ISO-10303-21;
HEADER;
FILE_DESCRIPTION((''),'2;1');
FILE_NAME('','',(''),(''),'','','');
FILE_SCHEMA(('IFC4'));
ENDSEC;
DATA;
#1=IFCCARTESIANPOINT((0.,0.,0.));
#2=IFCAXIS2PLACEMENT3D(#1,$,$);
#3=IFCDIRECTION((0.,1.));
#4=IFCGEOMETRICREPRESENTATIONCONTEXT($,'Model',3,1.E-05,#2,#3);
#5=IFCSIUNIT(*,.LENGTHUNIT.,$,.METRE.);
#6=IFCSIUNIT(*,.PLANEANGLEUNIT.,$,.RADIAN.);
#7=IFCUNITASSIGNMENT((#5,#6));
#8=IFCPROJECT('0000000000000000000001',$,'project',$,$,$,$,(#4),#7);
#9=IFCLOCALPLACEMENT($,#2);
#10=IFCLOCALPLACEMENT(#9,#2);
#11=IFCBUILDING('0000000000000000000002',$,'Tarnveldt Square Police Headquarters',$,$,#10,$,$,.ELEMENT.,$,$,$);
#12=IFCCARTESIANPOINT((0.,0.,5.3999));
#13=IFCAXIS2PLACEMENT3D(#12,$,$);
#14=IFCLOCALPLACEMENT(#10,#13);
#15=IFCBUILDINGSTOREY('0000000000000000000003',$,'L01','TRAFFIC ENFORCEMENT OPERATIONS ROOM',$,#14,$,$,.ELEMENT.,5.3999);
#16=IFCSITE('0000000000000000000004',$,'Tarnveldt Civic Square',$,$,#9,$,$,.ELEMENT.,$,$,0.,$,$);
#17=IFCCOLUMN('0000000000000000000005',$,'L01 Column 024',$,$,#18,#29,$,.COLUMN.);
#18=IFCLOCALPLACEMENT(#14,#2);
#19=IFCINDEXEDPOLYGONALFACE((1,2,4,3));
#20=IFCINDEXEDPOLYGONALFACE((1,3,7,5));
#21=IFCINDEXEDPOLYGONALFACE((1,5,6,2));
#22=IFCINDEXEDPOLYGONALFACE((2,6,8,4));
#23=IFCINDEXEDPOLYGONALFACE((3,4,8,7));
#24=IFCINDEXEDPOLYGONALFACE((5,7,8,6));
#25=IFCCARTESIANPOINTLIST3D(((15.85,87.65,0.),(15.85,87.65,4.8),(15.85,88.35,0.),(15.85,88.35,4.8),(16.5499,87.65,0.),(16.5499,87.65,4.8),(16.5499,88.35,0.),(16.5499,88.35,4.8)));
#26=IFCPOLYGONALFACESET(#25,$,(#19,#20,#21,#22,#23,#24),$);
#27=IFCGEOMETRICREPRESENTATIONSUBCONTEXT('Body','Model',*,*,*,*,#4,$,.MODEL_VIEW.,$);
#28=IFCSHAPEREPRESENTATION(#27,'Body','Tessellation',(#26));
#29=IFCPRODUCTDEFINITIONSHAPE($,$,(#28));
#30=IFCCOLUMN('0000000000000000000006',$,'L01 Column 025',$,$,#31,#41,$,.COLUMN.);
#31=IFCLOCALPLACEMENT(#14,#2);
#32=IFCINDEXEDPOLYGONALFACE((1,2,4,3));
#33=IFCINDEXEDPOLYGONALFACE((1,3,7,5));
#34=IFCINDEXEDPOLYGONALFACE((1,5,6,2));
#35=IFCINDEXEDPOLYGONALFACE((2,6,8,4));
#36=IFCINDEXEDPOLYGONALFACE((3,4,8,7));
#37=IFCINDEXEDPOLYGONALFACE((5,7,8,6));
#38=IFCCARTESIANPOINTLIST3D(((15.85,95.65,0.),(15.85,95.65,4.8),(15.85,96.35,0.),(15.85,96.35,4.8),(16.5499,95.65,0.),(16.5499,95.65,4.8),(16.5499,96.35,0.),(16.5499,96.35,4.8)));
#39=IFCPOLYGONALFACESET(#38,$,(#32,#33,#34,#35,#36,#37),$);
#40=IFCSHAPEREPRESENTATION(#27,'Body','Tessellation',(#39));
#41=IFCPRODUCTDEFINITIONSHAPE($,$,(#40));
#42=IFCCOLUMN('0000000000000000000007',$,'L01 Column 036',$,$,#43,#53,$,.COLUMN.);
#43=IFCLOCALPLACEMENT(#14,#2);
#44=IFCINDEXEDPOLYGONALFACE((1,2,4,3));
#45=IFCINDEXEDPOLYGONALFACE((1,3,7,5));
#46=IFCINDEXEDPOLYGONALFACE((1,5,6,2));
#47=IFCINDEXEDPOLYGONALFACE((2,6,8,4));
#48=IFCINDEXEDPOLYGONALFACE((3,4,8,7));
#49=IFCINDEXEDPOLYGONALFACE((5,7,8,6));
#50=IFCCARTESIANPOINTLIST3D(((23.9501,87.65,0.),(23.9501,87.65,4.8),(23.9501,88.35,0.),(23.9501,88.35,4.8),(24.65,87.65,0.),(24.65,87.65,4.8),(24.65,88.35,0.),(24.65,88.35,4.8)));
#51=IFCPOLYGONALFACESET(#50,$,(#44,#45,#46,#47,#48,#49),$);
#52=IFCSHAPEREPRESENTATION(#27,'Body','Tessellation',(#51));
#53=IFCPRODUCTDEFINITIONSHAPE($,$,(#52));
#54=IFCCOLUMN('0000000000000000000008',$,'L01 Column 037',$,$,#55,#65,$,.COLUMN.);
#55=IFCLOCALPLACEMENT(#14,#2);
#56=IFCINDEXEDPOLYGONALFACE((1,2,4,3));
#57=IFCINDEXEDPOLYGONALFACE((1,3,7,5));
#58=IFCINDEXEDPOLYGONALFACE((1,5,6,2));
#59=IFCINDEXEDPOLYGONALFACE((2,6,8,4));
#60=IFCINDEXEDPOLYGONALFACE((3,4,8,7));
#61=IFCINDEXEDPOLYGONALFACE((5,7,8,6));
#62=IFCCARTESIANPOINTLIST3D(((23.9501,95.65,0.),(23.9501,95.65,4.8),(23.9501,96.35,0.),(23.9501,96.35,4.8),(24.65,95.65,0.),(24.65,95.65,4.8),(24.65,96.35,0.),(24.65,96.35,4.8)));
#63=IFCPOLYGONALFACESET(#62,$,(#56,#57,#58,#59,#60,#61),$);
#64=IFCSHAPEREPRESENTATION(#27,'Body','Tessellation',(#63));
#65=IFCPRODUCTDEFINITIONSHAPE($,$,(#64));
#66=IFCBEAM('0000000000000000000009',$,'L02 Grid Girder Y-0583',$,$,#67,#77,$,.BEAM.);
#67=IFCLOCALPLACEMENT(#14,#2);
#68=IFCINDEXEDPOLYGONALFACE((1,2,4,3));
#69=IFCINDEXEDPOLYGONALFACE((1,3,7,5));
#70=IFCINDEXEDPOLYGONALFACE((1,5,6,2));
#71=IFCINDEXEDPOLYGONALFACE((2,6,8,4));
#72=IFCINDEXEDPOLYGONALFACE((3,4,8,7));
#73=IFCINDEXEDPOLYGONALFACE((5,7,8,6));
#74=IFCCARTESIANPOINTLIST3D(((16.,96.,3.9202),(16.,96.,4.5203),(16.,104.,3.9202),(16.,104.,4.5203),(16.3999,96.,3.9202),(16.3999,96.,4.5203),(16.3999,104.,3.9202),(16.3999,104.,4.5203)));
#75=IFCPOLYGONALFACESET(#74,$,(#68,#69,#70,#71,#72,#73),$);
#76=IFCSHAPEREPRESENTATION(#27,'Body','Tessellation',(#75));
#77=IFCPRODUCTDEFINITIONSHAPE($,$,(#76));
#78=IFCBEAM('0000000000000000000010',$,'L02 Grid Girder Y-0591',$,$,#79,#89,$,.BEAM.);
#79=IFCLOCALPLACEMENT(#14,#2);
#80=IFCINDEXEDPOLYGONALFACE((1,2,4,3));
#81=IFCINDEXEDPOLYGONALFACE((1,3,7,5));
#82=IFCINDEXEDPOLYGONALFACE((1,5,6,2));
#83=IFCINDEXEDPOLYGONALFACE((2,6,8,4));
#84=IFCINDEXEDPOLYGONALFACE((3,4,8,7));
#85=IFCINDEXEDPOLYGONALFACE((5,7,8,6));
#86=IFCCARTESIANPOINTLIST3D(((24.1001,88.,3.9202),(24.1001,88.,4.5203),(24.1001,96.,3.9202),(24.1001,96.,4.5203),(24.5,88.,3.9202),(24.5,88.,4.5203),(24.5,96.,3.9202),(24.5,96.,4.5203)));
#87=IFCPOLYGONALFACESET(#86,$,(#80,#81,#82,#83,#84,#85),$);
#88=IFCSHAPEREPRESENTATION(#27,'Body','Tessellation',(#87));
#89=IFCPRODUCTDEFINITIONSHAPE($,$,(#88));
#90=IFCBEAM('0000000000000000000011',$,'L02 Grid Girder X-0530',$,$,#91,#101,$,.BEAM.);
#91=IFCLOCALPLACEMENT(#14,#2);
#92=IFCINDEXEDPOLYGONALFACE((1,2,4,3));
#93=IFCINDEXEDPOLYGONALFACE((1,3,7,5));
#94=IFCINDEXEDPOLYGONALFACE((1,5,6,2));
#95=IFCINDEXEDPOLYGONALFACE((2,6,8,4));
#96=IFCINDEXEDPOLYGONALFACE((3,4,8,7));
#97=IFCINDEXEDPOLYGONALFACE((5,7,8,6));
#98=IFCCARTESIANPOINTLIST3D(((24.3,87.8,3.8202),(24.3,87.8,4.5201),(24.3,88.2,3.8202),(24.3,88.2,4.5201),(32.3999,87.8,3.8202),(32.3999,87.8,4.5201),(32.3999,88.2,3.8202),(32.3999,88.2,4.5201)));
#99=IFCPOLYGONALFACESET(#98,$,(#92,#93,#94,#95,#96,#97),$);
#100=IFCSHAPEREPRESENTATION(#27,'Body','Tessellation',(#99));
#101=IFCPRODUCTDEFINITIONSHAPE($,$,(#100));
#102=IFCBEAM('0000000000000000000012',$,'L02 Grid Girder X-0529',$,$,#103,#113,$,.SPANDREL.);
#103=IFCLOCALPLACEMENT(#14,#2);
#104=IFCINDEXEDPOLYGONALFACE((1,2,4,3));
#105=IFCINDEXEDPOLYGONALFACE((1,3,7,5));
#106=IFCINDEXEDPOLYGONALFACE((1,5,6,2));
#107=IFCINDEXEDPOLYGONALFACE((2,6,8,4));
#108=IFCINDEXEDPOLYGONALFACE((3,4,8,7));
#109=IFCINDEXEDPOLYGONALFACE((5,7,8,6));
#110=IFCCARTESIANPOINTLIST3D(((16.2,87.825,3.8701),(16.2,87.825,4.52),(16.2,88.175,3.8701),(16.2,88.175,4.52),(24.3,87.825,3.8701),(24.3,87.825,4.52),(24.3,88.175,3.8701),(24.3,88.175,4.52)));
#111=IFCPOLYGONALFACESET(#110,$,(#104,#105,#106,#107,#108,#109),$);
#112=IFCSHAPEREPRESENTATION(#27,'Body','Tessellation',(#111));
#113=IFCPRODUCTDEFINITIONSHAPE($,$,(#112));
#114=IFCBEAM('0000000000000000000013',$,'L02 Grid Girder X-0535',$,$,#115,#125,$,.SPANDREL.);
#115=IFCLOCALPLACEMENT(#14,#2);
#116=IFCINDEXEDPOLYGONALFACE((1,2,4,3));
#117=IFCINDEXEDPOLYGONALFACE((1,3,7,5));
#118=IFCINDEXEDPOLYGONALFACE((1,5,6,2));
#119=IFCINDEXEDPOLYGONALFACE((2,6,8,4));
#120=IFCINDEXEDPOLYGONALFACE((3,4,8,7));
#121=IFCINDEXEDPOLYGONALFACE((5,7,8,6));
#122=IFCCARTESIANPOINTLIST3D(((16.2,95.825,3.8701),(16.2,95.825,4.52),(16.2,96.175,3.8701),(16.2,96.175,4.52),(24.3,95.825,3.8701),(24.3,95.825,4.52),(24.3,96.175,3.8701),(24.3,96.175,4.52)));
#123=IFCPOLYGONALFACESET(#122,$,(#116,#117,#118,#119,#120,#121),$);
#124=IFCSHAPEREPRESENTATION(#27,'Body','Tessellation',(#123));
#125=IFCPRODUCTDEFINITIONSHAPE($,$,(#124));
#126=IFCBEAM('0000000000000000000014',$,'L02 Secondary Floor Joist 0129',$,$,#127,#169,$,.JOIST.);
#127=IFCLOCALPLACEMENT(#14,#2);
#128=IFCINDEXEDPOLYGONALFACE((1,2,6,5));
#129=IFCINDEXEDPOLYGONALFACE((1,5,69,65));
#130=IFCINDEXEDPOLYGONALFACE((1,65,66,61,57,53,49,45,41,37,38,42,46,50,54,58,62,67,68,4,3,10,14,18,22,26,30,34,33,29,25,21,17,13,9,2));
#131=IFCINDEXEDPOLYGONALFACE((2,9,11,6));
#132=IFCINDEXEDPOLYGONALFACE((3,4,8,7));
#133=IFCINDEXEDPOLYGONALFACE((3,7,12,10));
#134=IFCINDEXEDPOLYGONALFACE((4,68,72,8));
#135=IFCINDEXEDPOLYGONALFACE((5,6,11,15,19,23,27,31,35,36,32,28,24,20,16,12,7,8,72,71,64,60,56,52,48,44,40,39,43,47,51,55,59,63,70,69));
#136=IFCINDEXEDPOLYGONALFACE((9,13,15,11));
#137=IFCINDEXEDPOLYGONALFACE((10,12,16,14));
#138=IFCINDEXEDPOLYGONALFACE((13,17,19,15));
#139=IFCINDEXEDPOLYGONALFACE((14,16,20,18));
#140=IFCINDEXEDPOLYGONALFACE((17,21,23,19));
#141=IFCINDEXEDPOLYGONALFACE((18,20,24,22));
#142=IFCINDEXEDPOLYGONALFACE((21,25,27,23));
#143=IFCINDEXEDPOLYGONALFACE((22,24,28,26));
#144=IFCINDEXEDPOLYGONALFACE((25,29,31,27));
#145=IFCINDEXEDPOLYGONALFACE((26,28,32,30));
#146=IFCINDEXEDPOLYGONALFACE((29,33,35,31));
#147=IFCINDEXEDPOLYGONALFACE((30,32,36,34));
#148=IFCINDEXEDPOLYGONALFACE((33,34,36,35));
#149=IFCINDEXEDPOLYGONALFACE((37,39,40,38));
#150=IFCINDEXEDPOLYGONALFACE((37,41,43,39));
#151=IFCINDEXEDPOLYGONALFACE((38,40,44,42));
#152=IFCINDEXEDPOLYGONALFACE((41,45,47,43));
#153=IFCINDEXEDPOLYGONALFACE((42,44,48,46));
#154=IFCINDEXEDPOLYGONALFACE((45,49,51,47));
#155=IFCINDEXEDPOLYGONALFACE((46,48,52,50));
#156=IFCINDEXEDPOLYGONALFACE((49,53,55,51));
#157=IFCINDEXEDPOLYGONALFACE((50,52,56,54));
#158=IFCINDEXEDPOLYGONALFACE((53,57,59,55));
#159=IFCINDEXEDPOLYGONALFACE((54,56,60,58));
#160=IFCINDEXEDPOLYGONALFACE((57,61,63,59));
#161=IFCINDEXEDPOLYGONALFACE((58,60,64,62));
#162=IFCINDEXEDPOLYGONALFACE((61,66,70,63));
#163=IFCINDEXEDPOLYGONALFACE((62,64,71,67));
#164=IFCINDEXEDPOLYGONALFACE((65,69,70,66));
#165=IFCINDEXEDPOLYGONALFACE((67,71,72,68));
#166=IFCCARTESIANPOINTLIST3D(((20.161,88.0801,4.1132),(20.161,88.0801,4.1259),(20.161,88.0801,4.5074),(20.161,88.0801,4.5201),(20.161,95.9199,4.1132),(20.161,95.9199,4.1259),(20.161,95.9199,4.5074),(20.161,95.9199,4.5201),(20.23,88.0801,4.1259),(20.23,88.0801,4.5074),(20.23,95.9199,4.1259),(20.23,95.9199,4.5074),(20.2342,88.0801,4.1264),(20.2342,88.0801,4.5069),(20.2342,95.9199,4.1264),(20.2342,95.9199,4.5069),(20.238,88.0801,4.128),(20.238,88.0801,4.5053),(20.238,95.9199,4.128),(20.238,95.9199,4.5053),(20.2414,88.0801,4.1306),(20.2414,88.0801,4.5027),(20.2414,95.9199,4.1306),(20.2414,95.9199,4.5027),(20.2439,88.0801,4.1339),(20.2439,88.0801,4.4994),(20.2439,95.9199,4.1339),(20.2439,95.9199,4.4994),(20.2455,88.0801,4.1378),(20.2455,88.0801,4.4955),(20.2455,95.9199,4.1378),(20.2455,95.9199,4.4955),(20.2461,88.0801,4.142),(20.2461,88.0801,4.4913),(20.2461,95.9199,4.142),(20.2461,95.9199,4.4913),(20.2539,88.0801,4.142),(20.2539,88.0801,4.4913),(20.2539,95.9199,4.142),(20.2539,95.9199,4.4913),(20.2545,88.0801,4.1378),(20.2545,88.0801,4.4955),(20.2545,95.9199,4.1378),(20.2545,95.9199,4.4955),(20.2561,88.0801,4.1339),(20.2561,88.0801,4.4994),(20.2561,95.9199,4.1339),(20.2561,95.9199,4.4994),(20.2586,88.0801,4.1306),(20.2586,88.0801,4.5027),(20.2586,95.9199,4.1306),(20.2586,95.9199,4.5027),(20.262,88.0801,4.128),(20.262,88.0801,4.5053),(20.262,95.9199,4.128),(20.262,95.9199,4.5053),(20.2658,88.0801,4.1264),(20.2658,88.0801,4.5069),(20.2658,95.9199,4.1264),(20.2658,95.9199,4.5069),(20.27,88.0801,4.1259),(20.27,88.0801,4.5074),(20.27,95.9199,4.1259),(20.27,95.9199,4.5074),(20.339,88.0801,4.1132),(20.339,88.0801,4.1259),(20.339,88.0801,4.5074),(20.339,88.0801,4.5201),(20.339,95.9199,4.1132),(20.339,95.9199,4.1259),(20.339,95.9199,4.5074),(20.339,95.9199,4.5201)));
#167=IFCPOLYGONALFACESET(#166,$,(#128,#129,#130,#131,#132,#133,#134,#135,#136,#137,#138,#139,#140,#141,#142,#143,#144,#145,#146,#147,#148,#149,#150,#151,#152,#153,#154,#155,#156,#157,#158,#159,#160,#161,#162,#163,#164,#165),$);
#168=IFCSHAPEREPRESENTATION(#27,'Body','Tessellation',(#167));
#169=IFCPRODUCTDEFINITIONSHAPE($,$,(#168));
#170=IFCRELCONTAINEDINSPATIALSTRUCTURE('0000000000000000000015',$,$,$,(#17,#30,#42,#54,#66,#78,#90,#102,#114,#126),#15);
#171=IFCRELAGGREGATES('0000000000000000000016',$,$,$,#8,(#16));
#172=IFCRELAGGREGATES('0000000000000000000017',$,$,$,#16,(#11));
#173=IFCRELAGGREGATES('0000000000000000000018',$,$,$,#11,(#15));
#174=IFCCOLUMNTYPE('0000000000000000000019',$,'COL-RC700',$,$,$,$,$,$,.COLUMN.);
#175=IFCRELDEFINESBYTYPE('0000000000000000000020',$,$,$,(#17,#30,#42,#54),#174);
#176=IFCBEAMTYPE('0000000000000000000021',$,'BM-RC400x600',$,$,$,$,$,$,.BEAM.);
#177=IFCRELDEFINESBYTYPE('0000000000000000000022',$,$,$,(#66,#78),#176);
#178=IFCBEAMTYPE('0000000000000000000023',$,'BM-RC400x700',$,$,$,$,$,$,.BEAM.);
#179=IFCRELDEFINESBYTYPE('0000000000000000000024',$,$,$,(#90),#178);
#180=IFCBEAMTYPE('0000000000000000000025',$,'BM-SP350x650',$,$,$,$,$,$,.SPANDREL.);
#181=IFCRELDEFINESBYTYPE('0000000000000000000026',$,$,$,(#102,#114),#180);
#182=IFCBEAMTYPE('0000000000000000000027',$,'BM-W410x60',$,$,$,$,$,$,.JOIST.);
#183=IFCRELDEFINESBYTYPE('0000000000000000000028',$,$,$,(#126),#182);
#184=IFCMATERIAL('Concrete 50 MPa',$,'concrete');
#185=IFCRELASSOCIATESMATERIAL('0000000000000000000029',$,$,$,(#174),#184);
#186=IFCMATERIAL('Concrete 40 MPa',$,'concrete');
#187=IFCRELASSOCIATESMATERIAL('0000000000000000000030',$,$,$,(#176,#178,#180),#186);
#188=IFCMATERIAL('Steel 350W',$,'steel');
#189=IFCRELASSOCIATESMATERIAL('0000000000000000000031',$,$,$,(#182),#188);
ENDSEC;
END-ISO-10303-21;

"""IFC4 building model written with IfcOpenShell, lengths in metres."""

from ifc_helpers import new_model, si_unit, direction, frame, origin, origin_2d, place, context, subcontext, project, spatial, rectangle, i_section, extrude, material, material_profile, profile_set, type_object, element, save


model = new_model("IFC4")

# Units and contexts
model_context = context("Model", 3, precision=1e-05, world=origin(), true_north=direction((0.0, 1.0)))
body_context = subcontext(model_context, "Body", "Model", "MODEL_VIEW")
ifc_project = project(units=[si_unit("LENGTHUNIT", "METRE"), si_unit("PLANEANGLEUNIT", "RADIAN")], contexts=[model_context])

# Site, building, storey
site_placement = place(None, origin())
site = spatial("IfcSite", under=ifc_project, at=site_placement, Name="Tarnveldt Civic Square", CompositionType="ELEMENT", RefElevation=0.0)
building_placement = place(site_placement, origin())
building = spatial("IfcBuilding", under=site, at=building_placement, Name="Tarnveldt Square Police Headquarters", CompositionType="ELEMENT")
storey_placement = place(building_placement, frame((0.0, 0.0, 5.3999)))
storey = spatial("IfcBuildingStorey", under=building, at=storey_placement, Name="L01", Description="TRAFFIC ENFORCEMENT OPERATIONS ROOM", CompositionType="ELEMENT", Elevation=5.3999)

# Columns
ifc_material_1 = material(Name="Concrete 50 MPa", Category="concrete")
ifc_material_profile_1 = material_profile(ifc_material_1, rectangle(XDim=0.7, YDim=0.7, at=origin_2d()), Name="RC-C700x700")
ifc_profile_set_1 = profile_set([ifc_material_profile_1], Name="Concrete 50 MPa")
column_type = type_object("IfcColumnType", Name="COL-RC700", PredefinedType="COLUMN", material=ifc_profile_set_1)
for number, where, z_axis, x_axis, name in (
    (1, (16.2, 88.0, 0.0), (0.0, 0.0, 1.0), (1.0, 0.0, 0.0), "L01 Column 024"),
    (2, (16.2, 96.0, 0.0), (0.0, 0.0, 1.0), (1.0, 0.0, 0.0), "L01 Column 025"),
    (3, (24.3, 88.0, 0.0), (0.0, 0.0, 1.0), (1.0, 0.0, 0.0), "L01 Column 036"),
    (4, (24.3, 96.0, 0.0), (0.0, 0.0, 1.0), (1.0, 0.0, 0.0), "L01 Column 037"),
):
    element("IfcColumn", number, at=place(storey_placement, frame(where, z_axis=z_axis, x_axis=x_axis)), inside=storey, type_object=column_type, Name=name, PredefinedType="COLUMN", context=body_context, shape_type="SweptSolid", body=[
        extrude(rectangle(XDim=0.7, YDim=0.7, at=origin_2d()), origin(), (0.0, 0.0, 1.0), 4.8),
    ])

# Beams
ifc_material_2 = material(Name="Concrete 40 MPa", Category="concrete")
ifc_material_profile_2 = material_profile(ifc_material_2, rectangle(XDim=0.3999, YDim=0.6001, at=origin_2d()), Name="RC-B400x600")
ifc_profile_set_2 = profile_set([ifc_material_profile_2], Name="Concrete 40 MPa")
beam_type_1 = type_object("IfcBeamType", Name="BM-RC400x600", PredefinedType="BEAM", material=ifc_profile_set_2)
for number, where, z_axis, x_axis, name in (
    (5, (16.2, 96.0, 4.2202), (0.0, 1.0, 0.0), (-1.0, 0.0, 0.0), "L02 Grid Girder Y-0583"),
    (6, (24.3, 88.0, 4.2202), (0.0, 1.0, 0.0), (-1.0, 0.0, 0.0), "L02 Grid Girder Y-0591"),
):
    element("IfcBeam", number, at=place(storey_placement, frame(where, z_axis=z_axis, x_axis=x_axis)), inside=storey, type_object=beam_type_1, Name=name, PredefinedType="BEAM", context=body_context, shape_type="SweptSolid", body=[
        extrude(rectangle(XDim=0.3999, YDim=0.6001, at=origin_2d()), origin(), (0.0, 0.0, 1.0), 8.0),
    ])
ifc_material_profile_3 = material_profile(ifc_material_2, rectangle(XDim=0.3999, YDim=0.7, at=origin_2d()), Name="RC-B400x700")
ifc_profile_set_3 = profile_set([ifc_material_profile_3], Name="Concrete 40 MPa")
beam_type_2 = type_object("IfcBeamType", Name="BM-RC400x700", PredefinedType="BEAM", material=ifc_profile_set_3)
beam_1_placement = place(storey_placement, frame((24.3, 88.0, 4.1702), z_axis=(1.0, 0.0, 0.0), x_axis=(0.0, 1.0, 0.0)))
element("IfcBeam", 7, at=beam_1_placement, inside=storey, type_object=beam_type_2, Name="L02 Grid Girder X-0530", PredefinedType="BEAM", context=body_context, shape_type="SweptSolid", body=[
    extrude(rectangle(XDim=0.3999, YDim=0.7, at=origin_2d()), origin(), (0.0, 0.0, 1.0), 8.0999),
])
ifc_material_profile_4 = material_profile(ifc_material_2, rectangle(XDim=0.3501, YDim=0.6499, at=origin_2d()), Name="RC-SP350x650")
ifc_profile_set_4 = profile_set([ifc_material_profile_4], Name="Concrete 40 MPa")
beam_type_3 = type_object("IfcBeamType", Name="BM-SP350x650", PredefinedType="SPANDREL", material=ifc_profile_set_4)
for number, where, z_axis, x_axis, name in (
    (8, (16.2, 88.0, 4.1951), (1.0, 0.0, 0.0), (0.0, 1.0, 0.0), "L02 Grid Girder X-0529"),
    (9, (16.2, 96.0, 4.1951), (1.0, 0.0, 0.0), (0.0, 1.0, 0.0), "L02 Grid Girder X-0535"),
):
    element("IfcBeam", number, at=place(storey_placement, frame(where, z_axis=z_axis, x_axis=x_axis)), inside=storey, type_object=beam_type_3, Name=name, PredefinedType="SPANDREL", context=body_context, shape_type="SweptSolid", body=[
        extrude(rectangle(XDim=0.3501, YDim=0.6499, at=origin_2d()), origin(), (0.0, 0.0, 1.0), 8.1001),
    ])
ifc_material_3 = material(Name="Steel 350W", Category="steel")
ifc_material_profile_5 = material_profile(ifc_material_3, i_section(OverallWidth=0.178, OverallDepth=0.407, WebThickness=0.0078, FlangeThickness=0.0127, FilletRadius=0.0161, at=origin_2d()), Name="W410x60")
ifc_profile_set_5 = profile_set([ifc_material_profile_5], Name="Steel 350W")
beam_type_4 = type_object("IfcBeamType", Name="BM-W410x60", PredefinedType="JOIST", material=ifc_profile_set_5)
beam_2_placement = place(storey_placement, frame((20.25, 88.0801, 4.3167), z_axis=(0.0, 1.0, 0.0), x_axis=(-1.0, 0.0, 0.0)))
element("IfcBeam", 10, at=beam_2_placement, inside=storey, type_object=beam_type_4, Name="L02 Secondary Floor Joist 0129", PredefinedType="JOIST", context=body_context, shape_type="SweptSolid", body=[
    extrude(i_section(OverallWidth=0.178, OverallDepth=0.407, WebThickness=0.0078, FlangeThickness=0.0127, FilletRadius=0.0161, at=origin_2d()), origin(), (0.0, 0.0, 1.0), 7.8398),
])

save(model, "model.ifc")
